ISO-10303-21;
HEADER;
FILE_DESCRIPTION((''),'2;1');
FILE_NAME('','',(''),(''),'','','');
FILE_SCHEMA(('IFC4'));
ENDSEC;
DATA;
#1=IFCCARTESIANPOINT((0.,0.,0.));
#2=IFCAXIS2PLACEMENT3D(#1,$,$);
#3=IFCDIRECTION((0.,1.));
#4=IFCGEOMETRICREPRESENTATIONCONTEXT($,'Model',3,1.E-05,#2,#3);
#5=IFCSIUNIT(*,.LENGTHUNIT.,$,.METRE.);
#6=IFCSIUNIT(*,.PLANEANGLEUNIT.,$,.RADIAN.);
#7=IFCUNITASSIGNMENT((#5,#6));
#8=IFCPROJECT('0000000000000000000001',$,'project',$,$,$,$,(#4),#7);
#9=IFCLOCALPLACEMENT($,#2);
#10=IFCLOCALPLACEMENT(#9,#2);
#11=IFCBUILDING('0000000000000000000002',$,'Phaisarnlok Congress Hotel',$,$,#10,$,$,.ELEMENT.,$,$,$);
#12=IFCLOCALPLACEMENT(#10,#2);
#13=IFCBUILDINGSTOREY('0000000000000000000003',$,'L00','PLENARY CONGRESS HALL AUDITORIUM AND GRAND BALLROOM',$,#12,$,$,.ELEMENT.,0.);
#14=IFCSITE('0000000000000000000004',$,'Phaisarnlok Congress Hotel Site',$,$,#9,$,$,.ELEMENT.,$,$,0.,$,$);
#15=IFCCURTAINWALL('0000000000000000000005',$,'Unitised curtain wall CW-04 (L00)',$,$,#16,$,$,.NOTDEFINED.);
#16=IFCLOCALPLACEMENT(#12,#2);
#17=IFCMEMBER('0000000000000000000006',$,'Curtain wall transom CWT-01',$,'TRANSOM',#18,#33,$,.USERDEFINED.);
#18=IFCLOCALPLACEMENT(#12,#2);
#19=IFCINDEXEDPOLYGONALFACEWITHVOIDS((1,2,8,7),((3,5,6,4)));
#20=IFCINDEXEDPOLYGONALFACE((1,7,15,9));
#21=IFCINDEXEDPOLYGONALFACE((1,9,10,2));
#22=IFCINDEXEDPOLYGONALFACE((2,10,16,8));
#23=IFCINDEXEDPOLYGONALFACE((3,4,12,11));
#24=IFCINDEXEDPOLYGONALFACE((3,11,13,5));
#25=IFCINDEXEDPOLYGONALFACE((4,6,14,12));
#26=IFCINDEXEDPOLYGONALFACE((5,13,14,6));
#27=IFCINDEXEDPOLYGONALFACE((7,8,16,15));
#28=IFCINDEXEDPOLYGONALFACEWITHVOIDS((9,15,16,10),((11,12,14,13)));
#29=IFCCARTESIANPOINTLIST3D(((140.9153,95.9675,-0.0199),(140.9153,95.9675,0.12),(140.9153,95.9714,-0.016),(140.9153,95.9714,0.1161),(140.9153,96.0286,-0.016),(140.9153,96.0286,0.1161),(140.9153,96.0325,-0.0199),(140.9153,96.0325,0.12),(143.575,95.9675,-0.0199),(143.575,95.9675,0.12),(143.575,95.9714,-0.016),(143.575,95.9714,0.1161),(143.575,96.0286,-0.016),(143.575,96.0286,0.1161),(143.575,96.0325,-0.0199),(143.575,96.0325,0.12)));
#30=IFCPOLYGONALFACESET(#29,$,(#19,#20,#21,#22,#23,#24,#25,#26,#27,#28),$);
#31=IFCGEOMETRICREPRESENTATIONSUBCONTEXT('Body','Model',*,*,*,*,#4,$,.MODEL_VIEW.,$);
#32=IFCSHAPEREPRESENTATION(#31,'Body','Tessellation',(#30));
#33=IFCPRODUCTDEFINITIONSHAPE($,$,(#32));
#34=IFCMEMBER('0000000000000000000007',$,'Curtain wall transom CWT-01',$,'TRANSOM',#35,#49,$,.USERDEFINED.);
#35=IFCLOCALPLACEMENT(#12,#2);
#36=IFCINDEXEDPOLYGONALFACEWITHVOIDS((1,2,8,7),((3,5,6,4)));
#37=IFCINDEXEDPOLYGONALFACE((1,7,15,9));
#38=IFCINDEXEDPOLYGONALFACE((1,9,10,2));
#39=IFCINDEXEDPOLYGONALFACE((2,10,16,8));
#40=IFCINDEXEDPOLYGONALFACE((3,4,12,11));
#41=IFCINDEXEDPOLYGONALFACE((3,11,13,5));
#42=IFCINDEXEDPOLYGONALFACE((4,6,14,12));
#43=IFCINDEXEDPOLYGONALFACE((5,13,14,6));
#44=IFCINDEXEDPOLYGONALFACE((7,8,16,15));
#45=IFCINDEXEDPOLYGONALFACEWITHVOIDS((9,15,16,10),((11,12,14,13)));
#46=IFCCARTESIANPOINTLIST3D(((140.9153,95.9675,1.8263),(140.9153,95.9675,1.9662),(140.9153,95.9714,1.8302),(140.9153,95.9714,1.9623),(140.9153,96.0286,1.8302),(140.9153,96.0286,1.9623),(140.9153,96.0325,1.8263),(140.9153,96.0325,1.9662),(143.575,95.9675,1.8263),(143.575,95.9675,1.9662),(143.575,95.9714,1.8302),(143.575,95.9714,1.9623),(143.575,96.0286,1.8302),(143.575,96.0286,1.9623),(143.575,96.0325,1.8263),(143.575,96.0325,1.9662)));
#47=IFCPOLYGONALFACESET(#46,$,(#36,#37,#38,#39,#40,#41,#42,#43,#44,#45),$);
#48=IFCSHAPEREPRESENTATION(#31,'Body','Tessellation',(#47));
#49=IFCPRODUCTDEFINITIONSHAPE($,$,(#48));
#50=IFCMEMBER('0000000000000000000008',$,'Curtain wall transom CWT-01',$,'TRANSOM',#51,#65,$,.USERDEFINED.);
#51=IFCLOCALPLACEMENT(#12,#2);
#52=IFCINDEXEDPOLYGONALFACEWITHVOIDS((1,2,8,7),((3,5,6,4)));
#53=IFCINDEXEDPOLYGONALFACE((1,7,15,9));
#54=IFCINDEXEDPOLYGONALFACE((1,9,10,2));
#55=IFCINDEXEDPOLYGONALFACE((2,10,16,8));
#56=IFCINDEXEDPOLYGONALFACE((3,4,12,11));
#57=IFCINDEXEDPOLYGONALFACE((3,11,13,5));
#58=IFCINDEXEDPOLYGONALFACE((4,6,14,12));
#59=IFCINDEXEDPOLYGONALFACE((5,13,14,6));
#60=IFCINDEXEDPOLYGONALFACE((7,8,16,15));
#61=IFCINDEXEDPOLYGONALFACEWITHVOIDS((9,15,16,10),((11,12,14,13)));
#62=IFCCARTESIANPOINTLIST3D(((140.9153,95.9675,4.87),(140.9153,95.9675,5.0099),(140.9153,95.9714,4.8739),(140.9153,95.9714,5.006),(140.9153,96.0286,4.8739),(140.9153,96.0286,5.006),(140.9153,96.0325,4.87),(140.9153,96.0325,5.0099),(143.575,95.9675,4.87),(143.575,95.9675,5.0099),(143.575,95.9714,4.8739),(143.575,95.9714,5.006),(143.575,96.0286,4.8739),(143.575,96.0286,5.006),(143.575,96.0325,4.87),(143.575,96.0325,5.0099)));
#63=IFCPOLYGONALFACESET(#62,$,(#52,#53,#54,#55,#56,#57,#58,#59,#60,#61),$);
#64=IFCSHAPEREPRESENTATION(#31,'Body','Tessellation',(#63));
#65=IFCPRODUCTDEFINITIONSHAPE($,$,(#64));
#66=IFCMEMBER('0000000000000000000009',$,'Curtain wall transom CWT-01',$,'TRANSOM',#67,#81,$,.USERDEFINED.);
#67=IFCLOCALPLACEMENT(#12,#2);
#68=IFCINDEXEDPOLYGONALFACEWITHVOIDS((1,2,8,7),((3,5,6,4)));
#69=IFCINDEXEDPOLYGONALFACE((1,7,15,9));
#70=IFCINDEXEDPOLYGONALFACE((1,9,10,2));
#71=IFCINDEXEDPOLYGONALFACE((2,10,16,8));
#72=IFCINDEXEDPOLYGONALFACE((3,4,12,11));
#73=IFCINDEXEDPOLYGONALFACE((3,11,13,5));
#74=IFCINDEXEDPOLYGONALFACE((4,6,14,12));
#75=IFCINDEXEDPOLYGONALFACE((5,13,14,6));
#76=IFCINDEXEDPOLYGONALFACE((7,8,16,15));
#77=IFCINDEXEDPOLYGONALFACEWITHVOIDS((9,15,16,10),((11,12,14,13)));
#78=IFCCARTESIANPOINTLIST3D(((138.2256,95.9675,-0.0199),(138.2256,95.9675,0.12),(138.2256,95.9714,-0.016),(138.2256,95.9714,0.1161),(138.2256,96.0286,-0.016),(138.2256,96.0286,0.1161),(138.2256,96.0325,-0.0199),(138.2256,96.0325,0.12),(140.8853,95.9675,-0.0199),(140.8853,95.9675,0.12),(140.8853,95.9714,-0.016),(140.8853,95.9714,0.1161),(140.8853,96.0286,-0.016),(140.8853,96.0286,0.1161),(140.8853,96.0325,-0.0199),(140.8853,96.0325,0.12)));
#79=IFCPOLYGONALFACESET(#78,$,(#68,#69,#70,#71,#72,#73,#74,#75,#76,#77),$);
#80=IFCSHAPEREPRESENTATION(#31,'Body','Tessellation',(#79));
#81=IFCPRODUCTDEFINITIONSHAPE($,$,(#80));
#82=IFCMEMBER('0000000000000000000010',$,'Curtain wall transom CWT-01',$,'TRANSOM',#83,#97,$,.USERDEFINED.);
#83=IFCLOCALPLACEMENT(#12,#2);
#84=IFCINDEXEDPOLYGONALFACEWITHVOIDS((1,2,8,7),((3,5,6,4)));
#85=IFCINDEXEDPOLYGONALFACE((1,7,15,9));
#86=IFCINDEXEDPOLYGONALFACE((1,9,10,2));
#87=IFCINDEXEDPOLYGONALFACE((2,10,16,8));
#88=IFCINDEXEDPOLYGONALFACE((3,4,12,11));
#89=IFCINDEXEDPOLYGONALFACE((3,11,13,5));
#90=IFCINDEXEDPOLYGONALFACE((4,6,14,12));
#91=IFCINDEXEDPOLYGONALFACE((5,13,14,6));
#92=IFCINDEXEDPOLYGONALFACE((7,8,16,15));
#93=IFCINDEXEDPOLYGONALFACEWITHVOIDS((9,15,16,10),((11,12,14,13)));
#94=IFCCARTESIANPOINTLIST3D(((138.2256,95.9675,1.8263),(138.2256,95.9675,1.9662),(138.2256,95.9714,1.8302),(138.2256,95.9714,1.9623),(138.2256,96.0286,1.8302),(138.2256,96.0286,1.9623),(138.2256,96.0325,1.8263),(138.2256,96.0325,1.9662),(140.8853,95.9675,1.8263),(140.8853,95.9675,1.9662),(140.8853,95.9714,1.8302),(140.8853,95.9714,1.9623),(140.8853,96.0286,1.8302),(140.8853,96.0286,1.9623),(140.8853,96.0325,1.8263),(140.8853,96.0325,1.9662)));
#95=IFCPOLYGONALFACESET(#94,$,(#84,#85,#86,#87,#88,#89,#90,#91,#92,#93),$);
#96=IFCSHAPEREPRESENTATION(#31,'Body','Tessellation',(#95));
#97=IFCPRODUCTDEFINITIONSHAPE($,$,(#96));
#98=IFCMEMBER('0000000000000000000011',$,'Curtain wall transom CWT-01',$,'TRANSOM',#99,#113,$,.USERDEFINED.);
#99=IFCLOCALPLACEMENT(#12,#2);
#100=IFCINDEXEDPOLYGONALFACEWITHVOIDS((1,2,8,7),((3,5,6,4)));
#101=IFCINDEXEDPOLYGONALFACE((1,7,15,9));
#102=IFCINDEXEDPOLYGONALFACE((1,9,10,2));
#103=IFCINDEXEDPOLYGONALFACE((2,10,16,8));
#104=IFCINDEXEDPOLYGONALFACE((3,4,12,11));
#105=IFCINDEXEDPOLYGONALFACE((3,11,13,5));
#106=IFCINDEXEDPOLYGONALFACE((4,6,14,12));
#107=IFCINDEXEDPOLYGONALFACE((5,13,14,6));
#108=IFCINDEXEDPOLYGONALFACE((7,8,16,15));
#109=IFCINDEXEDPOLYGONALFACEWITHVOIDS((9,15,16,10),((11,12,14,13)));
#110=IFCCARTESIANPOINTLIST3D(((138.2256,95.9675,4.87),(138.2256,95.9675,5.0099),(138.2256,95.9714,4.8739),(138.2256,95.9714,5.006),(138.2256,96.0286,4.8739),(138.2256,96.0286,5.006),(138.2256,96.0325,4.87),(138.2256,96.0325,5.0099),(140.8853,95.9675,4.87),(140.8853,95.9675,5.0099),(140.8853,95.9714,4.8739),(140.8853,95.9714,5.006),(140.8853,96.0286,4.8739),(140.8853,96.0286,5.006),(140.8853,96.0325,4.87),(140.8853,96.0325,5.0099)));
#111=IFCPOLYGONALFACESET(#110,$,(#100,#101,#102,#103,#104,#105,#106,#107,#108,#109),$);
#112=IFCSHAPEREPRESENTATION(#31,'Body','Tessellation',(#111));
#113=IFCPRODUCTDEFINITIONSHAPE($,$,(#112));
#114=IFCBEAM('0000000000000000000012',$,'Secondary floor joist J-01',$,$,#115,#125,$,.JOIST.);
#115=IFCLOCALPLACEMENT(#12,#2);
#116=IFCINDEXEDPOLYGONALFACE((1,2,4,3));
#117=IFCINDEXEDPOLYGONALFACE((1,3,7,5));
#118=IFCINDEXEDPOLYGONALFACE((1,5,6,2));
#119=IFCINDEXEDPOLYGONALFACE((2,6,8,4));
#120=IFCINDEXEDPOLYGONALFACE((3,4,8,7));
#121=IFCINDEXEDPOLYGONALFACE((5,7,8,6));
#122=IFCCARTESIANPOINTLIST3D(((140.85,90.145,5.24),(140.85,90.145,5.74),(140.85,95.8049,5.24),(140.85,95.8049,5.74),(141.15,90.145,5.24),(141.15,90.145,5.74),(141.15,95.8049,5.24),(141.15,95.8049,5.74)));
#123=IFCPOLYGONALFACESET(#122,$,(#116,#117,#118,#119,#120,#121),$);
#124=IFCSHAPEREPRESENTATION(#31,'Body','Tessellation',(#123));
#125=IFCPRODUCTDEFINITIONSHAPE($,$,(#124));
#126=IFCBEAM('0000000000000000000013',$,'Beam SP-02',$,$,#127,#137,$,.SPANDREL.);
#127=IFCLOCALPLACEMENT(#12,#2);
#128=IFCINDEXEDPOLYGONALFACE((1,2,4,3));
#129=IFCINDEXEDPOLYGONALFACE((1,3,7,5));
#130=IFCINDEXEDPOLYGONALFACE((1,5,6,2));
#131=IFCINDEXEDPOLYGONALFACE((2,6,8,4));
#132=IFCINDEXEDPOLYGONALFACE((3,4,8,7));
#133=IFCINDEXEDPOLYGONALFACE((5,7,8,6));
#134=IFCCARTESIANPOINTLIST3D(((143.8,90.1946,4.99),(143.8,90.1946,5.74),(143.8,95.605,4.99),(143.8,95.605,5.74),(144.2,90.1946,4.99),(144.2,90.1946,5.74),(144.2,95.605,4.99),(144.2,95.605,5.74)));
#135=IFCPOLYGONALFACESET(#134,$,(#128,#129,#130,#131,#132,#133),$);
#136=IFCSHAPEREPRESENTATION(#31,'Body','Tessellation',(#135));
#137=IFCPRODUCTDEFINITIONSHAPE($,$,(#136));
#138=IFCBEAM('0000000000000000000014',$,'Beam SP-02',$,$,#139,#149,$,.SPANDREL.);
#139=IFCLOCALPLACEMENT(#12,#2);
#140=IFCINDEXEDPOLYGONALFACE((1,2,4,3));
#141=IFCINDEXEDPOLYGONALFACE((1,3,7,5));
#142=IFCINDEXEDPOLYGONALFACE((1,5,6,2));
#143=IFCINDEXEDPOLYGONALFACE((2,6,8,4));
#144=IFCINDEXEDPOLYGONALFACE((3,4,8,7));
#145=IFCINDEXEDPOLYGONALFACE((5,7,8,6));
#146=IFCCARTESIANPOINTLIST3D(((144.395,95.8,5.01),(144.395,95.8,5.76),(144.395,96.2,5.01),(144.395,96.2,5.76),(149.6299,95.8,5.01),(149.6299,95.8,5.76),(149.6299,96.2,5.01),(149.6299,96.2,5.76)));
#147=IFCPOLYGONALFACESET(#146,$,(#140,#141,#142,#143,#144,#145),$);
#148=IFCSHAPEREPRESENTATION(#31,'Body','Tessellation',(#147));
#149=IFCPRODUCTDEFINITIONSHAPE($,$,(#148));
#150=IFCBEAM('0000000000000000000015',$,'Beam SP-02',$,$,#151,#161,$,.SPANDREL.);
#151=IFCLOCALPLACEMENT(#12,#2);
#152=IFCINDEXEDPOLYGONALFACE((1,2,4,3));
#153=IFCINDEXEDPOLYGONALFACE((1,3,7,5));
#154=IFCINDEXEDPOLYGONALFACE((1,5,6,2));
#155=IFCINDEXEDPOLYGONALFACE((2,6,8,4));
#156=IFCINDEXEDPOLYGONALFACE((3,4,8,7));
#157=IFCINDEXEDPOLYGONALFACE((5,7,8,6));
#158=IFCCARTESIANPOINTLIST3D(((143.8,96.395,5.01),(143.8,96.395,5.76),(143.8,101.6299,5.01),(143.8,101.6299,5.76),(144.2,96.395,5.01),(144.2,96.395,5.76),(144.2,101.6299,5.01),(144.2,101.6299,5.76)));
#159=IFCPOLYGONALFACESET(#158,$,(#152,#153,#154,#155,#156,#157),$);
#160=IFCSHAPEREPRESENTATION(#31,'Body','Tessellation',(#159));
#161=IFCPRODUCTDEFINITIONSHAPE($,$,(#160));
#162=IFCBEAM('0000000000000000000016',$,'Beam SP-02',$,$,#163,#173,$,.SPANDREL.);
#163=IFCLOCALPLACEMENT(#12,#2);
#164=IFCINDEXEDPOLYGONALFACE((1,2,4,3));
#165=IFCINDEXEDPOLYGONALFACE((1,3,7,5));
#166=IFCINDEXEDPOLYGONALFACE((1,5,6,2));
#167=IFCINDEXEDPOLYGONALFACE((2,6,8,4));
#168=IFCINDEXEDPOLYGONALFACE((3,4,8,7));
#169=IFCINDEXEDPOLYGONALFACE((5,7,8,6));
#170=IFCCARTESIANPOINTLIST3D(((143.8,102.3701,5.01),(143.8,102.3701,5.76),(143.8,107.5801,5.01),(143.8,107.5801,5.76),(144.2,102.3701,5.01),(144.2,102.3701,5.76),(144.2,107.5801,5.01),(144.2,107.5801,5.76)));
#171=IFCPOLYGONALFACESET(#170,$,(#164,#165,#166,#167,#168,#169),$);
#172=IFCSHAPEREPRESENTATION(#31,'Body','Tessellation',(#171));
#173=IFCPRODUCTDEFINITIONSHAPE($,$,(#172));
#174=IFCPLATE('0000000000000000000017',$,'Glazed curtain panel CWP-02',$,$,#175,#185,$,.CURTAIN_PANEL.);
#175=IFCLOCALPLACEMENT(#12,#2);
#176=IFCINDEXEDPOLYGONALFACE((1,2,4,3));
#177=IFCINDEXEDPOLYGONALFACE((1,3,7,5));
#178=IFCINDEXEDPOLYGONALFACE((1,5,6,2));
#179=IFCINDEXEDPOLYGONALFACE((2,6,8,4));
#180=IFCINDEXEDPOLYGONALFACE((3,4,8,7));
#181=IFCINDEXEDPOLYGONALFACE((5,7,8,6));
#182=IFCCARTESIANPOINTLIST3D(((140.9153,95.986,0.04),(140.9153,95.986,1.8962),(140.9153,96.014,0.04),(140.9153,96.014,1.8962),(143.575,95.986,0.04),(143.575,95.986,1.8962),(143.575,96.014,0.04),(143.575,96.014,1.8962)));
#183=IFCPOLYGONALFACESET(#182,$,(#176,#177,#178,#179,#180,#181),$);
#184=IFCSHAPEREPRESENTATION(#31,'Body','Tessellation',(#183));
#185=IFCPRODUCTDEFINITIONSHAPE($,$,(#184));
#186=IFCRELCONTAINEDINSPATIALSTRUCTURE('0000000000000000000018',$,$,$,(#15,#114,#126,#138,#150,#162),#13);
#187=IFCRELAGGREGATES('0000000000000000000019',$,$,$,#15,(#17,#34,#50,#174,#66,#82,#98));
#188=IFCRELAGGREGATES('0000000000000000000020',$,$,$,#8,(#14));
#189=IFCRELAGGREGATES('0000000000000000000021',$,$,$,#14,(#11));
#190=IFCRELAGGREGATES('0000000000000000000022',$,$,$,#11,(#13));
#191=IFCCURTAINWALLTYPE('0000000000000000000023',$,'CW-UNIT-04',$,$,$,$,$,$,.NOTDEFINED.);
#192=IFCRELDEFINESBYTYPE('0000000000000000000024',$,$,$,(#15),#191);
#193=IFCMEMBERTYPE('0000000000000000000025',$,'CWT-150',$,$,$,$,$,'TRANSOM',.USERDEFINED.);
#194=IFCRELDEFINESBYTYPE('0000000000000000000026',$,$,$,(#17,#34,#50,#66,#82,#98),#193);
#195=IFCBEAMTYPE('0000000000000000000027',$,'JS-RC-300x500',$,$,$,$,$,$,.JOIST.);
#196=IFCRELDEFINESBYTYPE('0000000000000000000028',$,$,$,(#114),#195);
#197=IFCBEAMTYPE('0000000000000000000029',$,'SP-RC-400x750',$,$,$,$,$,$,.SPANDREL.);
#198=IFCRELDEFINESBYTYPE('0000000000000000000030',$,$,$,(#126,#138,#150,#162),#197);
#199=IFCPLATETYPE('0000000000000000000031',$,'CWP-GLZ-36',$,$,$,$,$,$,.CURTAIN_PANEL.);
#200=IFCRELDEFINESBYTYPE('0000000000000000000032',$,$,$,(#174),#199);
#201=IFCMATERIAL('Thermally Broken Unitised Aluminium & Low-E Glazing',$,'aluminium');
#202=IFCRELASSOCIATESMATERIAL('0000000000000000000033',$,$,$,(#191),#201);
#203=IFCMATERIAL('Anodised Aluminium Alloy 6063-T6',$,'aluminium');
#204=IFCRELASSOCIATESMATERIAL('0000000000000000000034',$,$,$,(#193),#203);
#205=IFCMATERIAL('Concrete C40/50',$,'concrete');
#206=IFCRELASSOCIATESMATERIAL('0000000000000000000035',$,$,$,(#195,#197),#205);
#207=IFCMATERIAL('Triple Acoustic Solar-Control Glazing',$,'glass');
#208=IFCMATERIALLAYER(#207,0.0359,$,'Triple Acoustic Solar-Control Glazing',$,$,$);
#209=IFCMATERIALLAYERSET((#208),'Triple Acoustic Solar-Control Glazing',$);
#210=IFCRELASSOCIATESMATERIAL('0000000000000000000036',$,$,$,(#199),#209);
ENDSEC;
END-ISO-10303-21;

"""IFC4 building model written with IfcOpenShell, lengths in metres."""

from ifc_helpers import new_model, si_unit, direction, frame, frame_2d, origin, origin_2d, place, context, subcontext, project, spatial, rectangle, hollow_rectangle, extrude, material, layer, layer_set, material_profile, profile_set, type_object, element, aggregate, save


model = new_model("IFC4")

# Units and contexts
model_context = context("Model", 3, precision=1e-05, world=origin(), true_north=direction((0.0, 1.0)))
body_context = subcontext(model_context, "Body", "Model", "MODEL_VIEW")
ifc_project = project(units=[si_unit("LENGTHUNIT", "METRE"), si_unit("PLANEANGLEUNIT", "RADIAN")], contexts=[model_context])

# Site, building, storey
site_placement = place(None, origin())
site = spatial("IfcSite", under=ifc_project, at=site_placement, Name="Phaisarnlok Congress Hotel Site", CompositionType="ELEMENT", RefElevation=0.0)
building_placement = place(site_placement, origin())
building = spatial("IfcBuilding", under=site, at=building_placement, Name="Phaisarnlok Congress Hotel", CompositionType="ELEMENT")
storey_placement = place(building_placement, origin())
storey = spatial("IfcBuildingStorey", under=building, at=storey_placement, Name="L00", Description="PLENARY CONGRESS HALL AUDITORIUM AND GRAND BALLROOM", CompositionType="ELEMENT", Elevation=0.0)

# Shared definitions
ifc_material_1 = material(Name="Concrete C40/50", Category="concrete")

# Curtain wall, members
ifc_material_2 = material(Name="Thermally Broken Unitised Aluminium & Low-E Glazing", Category="aluminium")
curtain_wall_type = type_object("IfcCurtainWallType", Name="CW-UNIT-04", PredefinedType="NOTDEFINED", material=ifc_material_2)
curtain_wall_placement = place(storey_placement, origin())
curtain_wall = element("IfcCurtainWall", 1, at=curtain_wall_placement, inside=storey, type_object=curtain_wall_type, Name="Unitised curtain wall CW-04 (L00)", PredefinedType="NOTDEFINED")
ifc_material_3 = material(Name="Anodised Aluminium Alloy 6063-T6", Category="aluminium")
ifc_material_profile_1 = material_profile(ifc_material_3, hollow_rectangle(XDim=0.0649, YDim=0.1399, WallThickness=0.0039, at=origin_2d()), Name="ALU-T 65x140x4")
ifc_profile_set_1 = profile_set([ifc_material_profile_1], Name="Anodised Aluminium Alloy 6063-T6")
member_type_1 = type_object("IfcMemberType", Name="CWT-150", ElementType="TRANSOM", PredefinedType="USERDEFINED", material=ifc_profile_set_1)
member_1_placement = place(storey_placement, frame((143.575, 96.0, 0.05), z_axis=(-1.0, 0.0, 0.0), x_axis=(0.0, -1.0, 0.0)))
member_1 = element("IfcMember", 2, at=member_1_placement, type_object=member_type_1, Name="Curtain wall transom CWT-01", ObjectType="TRANSOM", PredefinedType="USERDEFINED", context=body_context, shape_type="SweptSolid", body=[
    extrude(hollow_rectangle(XDim=0.0649, YDim=0.1399, WallThickness=0.0039, at=origin_2d()), origin(), (0.0, 0.0, 1.0), 2.6597),
])
member_2_placement = place(storey_placement, frame((143.575, 96.0, 1.8962), z_axis=(-1.0, 0.0, 0.0), x_axis=(0.0, -1.0, 0.0)))
member_2 = element("IfcMember", 3, at=member_2_placement, type_object=member_type_1, Name="Curtain wall transom CWT-01", ObjectType="TRANSOM", PredefinedType="USERDEFINED", context=body_context, shape_type="SweptSolid", body=[
    extrude(hollow_rectangle(XDim=0.0649, YDim=0.1399, WallThickness=0.0039, at=origin_2d()), origin(), (0.0, 0.0, 1.0), 2.6597),
])
member_3_placement = place(storey_placement, frame((143.575, 96.0, 4.9399), z_axis=(-1.0, 0.0, 0.0), x_axis=(0.0, -1.0, 0.0)))
member_3 = element("IfcMember", 4, at=member_3_placement, type_object=member_type_1, Name="Curtain wall transom CWT-01", ObjectType="TRANSOM", PredefinedType="USERDEFINED", context=body_context, shape_type="SweptSolid", body=[
    extrude(hollow_rectangle(XDim=0.0649, YDim=0.1399, WallThickness=0.0039, at=origin_2d()), origin(), (0.0, 0.0, 1.0), 2.6597),
])
member_4_placement = place(storey_placement, frame((140.8853, 96.0, 0.05), z_axis=(-1.0, 0.0, 0.0), x_axis=(0.0, -1.0, 0.0)))
member_4 = element("IfcMember", 5, at=member_4_placement, type_object=member_type_1, Name="Curtain wall transom CWT-01", ObjectType="TRANSOM", PredefinedType="USERDEFINED", context=body_context, shape_type="SweptSolid", body=[
    extrude(hollow_rectangle(XDim=0.0649, YDim=0.1399, WallThickness=0.0039, at=origin_2d()), origin(), (0.0, 0.0, 1.0), 2.6597),
])
member_5_placement = place(storey_placement, frame((140.8853, 96.0, 1.8962), z_axis=(-1.0, 0.0, 0.0), x_axis=(0.0, -1.0, 0.0)))
member_5 = element("IfcMember", 6, at=member_5_placement, type_object=member_type_1, Name="Curtain wall transom CWT-01", ObjectType="TRANSOM", PredefinedType="USERDEFINED", context=body_context, shape_type="SweptSolid", body=[
    extrude(hollow_rectangle(XDim=0.0649, YDim=0.1399, WallThickness=0.0039, at=origin_2d()), origin(), (0.0, 0.0, 1.0), 2.6597),
])
member_6_placement = place(storey_placement, frame((140.8853, 96.0, 4.9399), z_axis=(-1.0, 0.0, 0.0), x_axis=(0.0, -1.0, 0.0)))
member_6 = element("IfcMember", 7, at=member_6_placement, type_object=member_type_1, Name="Curtain wall transom CWT-01", ObjectType="TRANSOM", PredefinedType="USERDEFINED", context=body_context, shape_type="SweptSolid", body=[
    extrude(hollow_rectangle(XDim=0.0649, YDim=0.1399, WallThickness=0.0039, at=origin_2d()), origin(), (0.0, 0.0, 1.0), 2.6597),
])

# Beams
ifc_material_profile_2 = material_profile(ifc_material_1, rectangle(XDim=0.3, YDim=0.5, at=origin_2d()), Name="RC 300x500")
ifc_profile_set_2 = profile_set([ifc_material_profile_2], Name="Concrete C40/50")
beam_type_1 = type_object("IfcBeamType", Name="JS-RC-300x500", PredefinedType="JOIST", material=ifc_profile_set_2)
beam_1_placement = place(storey_placement, frame((141.0, 90.145, 5.49), z_axis=(0.0, 1.0, 0.0), x_axis=(-1.0, 0.0, 0.0)))
element("IfcBeam", 8, at=beam_1_placement, inside=storey, type_object=beam_type_1, Name="Secondary floor joist J-01", PredefinedType="JOIST", context=body_context, shape_type="SweptSolid", body=[
    extrude(rectangle(XDim=0.3, YDim=0.5, at=origin_2d()), origin(), (0.0, 0.0, 1.0), 5.6599),
])
ifc_material_profile_3 = material_profile(ifc_material_1, rectangle(XDim=0.3999, YDim=0.75, at=origin_2d()), Name="RC 400x750")
ifc_profile_set_3 = profile_set([ifc_material_profile_3], Name="Concrete C40/50")
beam_type_2 = type_object("IfcBeamType", Name="SP-RC-400x750", PredefinedType="SPANDREL", material=ifc_profile_set_3)
beam_2_placement = place(storey_placement, frame((144.0, 90.1946, 5.365), z_axis=(0.0, 1.0, 0.0), x_axis=(-1.0, 0.0, 0.0)))
element("IfcBeam", 9, at=beam_2_placement, inside=storey, type_object=beam_type_2, Name="Beam SP-02", PredefinedType="SPANDREL", context=body_context, shape_type="SweptSolid", body=[
    extrude(rectangle(XDim=0.3999, YDim=0.75, at=origin_2d()), origin(), (0.0, 0.0, 1.0), 5.4104),
])
for number, where, z_axis, x_axis, name in (
    (10, (144.395, 96.0, 5.385), (1.0, 0.0, 0.0), (0.0, 1.0, 0.0), "Beam SP-02"),
    (11, (144.0, 96.395, 5.385), (0.0, 1.0, 0.0), (-1.0, 0.0, 0.0), "Beam SP-02"),
):
    element("IfcBeam", number, at=place(storey_placement, frame(where, z_axis=z_axis, x_axis=x_axis)), inside=storey, type_object=beam_type_2, Name=name, PredefinedType="SPANDREL", context=body_context, shape_type="SweptSolid", body=[
        extrude(rectangle(XDim=0.3999, YDim=0.75, at=origin_2d()), origin(), (0.0, 0.0, 1.0), 5.2349),
    ])
beam_3_placement = place(storey_placement, frame((144.0, 102.3701, 5.385), z_axis=(0.0, 1.0, 0.0), x_axis=(-1.0, 0.0, 0.0)))
element("IfcBeam", 12, at=beam_3_placement, inside=storey, type_object=beam_type_2, Name="Beam SP-02", PredefinedType="SPANDREL", context=body_context, shape_type="SweptSolid", body=[
    extrude(rectangle(XDim=0.3999, YDim=0.75, at=origin_2d()), origin(), (0.0, 0.0, 1.0), 5.21),
])

# Plate
ifc_material_4 = material(Name="Triple Acoustic Solar-Control Glazing", Category="glass")
ifc_layer_1 = layer(ifc_material_4, 0.0359, Name="Triple Acoustic Solar-Control Glazing")
ifc_layer_set_1 = layer_set([ifc_layer_1], Name="Triple Acoustic Solar-Control Glazing")
plate_type = type_object("IfcPlateType", Name="CWP-GLZ-36", PredefinedType="CURTAIN_PANEL", material=ifc_layer_set_1)
plate_1_placement = place(storey_placement, frame((143.575, 96.0, 0.04), z_axis=(0.0, 0.0, 1.0), x_axis=(-1.0, 0.0, 0.0)))
plate_1 = element("IfcPlate", 13, at=plate_1_placement, type_object=plate_type, Name="Glazed curtain panel CWP-02", PredefinedType="CURTAIN_PANEL", context=body_context, shape_type="SweptSolid", body=[
    extrude(rectangle(XDim=2.6597, YDim=0.0281, at=frame_2d((1.3298, 0.0))), origin(), (0.0, 0.0, 1.0), 1.8562),
])
aggregate(curtain_wall, [member_1, member_2, member_3, plate_1, member_4, member_5, member_6])

save(model, "model.ifc")
